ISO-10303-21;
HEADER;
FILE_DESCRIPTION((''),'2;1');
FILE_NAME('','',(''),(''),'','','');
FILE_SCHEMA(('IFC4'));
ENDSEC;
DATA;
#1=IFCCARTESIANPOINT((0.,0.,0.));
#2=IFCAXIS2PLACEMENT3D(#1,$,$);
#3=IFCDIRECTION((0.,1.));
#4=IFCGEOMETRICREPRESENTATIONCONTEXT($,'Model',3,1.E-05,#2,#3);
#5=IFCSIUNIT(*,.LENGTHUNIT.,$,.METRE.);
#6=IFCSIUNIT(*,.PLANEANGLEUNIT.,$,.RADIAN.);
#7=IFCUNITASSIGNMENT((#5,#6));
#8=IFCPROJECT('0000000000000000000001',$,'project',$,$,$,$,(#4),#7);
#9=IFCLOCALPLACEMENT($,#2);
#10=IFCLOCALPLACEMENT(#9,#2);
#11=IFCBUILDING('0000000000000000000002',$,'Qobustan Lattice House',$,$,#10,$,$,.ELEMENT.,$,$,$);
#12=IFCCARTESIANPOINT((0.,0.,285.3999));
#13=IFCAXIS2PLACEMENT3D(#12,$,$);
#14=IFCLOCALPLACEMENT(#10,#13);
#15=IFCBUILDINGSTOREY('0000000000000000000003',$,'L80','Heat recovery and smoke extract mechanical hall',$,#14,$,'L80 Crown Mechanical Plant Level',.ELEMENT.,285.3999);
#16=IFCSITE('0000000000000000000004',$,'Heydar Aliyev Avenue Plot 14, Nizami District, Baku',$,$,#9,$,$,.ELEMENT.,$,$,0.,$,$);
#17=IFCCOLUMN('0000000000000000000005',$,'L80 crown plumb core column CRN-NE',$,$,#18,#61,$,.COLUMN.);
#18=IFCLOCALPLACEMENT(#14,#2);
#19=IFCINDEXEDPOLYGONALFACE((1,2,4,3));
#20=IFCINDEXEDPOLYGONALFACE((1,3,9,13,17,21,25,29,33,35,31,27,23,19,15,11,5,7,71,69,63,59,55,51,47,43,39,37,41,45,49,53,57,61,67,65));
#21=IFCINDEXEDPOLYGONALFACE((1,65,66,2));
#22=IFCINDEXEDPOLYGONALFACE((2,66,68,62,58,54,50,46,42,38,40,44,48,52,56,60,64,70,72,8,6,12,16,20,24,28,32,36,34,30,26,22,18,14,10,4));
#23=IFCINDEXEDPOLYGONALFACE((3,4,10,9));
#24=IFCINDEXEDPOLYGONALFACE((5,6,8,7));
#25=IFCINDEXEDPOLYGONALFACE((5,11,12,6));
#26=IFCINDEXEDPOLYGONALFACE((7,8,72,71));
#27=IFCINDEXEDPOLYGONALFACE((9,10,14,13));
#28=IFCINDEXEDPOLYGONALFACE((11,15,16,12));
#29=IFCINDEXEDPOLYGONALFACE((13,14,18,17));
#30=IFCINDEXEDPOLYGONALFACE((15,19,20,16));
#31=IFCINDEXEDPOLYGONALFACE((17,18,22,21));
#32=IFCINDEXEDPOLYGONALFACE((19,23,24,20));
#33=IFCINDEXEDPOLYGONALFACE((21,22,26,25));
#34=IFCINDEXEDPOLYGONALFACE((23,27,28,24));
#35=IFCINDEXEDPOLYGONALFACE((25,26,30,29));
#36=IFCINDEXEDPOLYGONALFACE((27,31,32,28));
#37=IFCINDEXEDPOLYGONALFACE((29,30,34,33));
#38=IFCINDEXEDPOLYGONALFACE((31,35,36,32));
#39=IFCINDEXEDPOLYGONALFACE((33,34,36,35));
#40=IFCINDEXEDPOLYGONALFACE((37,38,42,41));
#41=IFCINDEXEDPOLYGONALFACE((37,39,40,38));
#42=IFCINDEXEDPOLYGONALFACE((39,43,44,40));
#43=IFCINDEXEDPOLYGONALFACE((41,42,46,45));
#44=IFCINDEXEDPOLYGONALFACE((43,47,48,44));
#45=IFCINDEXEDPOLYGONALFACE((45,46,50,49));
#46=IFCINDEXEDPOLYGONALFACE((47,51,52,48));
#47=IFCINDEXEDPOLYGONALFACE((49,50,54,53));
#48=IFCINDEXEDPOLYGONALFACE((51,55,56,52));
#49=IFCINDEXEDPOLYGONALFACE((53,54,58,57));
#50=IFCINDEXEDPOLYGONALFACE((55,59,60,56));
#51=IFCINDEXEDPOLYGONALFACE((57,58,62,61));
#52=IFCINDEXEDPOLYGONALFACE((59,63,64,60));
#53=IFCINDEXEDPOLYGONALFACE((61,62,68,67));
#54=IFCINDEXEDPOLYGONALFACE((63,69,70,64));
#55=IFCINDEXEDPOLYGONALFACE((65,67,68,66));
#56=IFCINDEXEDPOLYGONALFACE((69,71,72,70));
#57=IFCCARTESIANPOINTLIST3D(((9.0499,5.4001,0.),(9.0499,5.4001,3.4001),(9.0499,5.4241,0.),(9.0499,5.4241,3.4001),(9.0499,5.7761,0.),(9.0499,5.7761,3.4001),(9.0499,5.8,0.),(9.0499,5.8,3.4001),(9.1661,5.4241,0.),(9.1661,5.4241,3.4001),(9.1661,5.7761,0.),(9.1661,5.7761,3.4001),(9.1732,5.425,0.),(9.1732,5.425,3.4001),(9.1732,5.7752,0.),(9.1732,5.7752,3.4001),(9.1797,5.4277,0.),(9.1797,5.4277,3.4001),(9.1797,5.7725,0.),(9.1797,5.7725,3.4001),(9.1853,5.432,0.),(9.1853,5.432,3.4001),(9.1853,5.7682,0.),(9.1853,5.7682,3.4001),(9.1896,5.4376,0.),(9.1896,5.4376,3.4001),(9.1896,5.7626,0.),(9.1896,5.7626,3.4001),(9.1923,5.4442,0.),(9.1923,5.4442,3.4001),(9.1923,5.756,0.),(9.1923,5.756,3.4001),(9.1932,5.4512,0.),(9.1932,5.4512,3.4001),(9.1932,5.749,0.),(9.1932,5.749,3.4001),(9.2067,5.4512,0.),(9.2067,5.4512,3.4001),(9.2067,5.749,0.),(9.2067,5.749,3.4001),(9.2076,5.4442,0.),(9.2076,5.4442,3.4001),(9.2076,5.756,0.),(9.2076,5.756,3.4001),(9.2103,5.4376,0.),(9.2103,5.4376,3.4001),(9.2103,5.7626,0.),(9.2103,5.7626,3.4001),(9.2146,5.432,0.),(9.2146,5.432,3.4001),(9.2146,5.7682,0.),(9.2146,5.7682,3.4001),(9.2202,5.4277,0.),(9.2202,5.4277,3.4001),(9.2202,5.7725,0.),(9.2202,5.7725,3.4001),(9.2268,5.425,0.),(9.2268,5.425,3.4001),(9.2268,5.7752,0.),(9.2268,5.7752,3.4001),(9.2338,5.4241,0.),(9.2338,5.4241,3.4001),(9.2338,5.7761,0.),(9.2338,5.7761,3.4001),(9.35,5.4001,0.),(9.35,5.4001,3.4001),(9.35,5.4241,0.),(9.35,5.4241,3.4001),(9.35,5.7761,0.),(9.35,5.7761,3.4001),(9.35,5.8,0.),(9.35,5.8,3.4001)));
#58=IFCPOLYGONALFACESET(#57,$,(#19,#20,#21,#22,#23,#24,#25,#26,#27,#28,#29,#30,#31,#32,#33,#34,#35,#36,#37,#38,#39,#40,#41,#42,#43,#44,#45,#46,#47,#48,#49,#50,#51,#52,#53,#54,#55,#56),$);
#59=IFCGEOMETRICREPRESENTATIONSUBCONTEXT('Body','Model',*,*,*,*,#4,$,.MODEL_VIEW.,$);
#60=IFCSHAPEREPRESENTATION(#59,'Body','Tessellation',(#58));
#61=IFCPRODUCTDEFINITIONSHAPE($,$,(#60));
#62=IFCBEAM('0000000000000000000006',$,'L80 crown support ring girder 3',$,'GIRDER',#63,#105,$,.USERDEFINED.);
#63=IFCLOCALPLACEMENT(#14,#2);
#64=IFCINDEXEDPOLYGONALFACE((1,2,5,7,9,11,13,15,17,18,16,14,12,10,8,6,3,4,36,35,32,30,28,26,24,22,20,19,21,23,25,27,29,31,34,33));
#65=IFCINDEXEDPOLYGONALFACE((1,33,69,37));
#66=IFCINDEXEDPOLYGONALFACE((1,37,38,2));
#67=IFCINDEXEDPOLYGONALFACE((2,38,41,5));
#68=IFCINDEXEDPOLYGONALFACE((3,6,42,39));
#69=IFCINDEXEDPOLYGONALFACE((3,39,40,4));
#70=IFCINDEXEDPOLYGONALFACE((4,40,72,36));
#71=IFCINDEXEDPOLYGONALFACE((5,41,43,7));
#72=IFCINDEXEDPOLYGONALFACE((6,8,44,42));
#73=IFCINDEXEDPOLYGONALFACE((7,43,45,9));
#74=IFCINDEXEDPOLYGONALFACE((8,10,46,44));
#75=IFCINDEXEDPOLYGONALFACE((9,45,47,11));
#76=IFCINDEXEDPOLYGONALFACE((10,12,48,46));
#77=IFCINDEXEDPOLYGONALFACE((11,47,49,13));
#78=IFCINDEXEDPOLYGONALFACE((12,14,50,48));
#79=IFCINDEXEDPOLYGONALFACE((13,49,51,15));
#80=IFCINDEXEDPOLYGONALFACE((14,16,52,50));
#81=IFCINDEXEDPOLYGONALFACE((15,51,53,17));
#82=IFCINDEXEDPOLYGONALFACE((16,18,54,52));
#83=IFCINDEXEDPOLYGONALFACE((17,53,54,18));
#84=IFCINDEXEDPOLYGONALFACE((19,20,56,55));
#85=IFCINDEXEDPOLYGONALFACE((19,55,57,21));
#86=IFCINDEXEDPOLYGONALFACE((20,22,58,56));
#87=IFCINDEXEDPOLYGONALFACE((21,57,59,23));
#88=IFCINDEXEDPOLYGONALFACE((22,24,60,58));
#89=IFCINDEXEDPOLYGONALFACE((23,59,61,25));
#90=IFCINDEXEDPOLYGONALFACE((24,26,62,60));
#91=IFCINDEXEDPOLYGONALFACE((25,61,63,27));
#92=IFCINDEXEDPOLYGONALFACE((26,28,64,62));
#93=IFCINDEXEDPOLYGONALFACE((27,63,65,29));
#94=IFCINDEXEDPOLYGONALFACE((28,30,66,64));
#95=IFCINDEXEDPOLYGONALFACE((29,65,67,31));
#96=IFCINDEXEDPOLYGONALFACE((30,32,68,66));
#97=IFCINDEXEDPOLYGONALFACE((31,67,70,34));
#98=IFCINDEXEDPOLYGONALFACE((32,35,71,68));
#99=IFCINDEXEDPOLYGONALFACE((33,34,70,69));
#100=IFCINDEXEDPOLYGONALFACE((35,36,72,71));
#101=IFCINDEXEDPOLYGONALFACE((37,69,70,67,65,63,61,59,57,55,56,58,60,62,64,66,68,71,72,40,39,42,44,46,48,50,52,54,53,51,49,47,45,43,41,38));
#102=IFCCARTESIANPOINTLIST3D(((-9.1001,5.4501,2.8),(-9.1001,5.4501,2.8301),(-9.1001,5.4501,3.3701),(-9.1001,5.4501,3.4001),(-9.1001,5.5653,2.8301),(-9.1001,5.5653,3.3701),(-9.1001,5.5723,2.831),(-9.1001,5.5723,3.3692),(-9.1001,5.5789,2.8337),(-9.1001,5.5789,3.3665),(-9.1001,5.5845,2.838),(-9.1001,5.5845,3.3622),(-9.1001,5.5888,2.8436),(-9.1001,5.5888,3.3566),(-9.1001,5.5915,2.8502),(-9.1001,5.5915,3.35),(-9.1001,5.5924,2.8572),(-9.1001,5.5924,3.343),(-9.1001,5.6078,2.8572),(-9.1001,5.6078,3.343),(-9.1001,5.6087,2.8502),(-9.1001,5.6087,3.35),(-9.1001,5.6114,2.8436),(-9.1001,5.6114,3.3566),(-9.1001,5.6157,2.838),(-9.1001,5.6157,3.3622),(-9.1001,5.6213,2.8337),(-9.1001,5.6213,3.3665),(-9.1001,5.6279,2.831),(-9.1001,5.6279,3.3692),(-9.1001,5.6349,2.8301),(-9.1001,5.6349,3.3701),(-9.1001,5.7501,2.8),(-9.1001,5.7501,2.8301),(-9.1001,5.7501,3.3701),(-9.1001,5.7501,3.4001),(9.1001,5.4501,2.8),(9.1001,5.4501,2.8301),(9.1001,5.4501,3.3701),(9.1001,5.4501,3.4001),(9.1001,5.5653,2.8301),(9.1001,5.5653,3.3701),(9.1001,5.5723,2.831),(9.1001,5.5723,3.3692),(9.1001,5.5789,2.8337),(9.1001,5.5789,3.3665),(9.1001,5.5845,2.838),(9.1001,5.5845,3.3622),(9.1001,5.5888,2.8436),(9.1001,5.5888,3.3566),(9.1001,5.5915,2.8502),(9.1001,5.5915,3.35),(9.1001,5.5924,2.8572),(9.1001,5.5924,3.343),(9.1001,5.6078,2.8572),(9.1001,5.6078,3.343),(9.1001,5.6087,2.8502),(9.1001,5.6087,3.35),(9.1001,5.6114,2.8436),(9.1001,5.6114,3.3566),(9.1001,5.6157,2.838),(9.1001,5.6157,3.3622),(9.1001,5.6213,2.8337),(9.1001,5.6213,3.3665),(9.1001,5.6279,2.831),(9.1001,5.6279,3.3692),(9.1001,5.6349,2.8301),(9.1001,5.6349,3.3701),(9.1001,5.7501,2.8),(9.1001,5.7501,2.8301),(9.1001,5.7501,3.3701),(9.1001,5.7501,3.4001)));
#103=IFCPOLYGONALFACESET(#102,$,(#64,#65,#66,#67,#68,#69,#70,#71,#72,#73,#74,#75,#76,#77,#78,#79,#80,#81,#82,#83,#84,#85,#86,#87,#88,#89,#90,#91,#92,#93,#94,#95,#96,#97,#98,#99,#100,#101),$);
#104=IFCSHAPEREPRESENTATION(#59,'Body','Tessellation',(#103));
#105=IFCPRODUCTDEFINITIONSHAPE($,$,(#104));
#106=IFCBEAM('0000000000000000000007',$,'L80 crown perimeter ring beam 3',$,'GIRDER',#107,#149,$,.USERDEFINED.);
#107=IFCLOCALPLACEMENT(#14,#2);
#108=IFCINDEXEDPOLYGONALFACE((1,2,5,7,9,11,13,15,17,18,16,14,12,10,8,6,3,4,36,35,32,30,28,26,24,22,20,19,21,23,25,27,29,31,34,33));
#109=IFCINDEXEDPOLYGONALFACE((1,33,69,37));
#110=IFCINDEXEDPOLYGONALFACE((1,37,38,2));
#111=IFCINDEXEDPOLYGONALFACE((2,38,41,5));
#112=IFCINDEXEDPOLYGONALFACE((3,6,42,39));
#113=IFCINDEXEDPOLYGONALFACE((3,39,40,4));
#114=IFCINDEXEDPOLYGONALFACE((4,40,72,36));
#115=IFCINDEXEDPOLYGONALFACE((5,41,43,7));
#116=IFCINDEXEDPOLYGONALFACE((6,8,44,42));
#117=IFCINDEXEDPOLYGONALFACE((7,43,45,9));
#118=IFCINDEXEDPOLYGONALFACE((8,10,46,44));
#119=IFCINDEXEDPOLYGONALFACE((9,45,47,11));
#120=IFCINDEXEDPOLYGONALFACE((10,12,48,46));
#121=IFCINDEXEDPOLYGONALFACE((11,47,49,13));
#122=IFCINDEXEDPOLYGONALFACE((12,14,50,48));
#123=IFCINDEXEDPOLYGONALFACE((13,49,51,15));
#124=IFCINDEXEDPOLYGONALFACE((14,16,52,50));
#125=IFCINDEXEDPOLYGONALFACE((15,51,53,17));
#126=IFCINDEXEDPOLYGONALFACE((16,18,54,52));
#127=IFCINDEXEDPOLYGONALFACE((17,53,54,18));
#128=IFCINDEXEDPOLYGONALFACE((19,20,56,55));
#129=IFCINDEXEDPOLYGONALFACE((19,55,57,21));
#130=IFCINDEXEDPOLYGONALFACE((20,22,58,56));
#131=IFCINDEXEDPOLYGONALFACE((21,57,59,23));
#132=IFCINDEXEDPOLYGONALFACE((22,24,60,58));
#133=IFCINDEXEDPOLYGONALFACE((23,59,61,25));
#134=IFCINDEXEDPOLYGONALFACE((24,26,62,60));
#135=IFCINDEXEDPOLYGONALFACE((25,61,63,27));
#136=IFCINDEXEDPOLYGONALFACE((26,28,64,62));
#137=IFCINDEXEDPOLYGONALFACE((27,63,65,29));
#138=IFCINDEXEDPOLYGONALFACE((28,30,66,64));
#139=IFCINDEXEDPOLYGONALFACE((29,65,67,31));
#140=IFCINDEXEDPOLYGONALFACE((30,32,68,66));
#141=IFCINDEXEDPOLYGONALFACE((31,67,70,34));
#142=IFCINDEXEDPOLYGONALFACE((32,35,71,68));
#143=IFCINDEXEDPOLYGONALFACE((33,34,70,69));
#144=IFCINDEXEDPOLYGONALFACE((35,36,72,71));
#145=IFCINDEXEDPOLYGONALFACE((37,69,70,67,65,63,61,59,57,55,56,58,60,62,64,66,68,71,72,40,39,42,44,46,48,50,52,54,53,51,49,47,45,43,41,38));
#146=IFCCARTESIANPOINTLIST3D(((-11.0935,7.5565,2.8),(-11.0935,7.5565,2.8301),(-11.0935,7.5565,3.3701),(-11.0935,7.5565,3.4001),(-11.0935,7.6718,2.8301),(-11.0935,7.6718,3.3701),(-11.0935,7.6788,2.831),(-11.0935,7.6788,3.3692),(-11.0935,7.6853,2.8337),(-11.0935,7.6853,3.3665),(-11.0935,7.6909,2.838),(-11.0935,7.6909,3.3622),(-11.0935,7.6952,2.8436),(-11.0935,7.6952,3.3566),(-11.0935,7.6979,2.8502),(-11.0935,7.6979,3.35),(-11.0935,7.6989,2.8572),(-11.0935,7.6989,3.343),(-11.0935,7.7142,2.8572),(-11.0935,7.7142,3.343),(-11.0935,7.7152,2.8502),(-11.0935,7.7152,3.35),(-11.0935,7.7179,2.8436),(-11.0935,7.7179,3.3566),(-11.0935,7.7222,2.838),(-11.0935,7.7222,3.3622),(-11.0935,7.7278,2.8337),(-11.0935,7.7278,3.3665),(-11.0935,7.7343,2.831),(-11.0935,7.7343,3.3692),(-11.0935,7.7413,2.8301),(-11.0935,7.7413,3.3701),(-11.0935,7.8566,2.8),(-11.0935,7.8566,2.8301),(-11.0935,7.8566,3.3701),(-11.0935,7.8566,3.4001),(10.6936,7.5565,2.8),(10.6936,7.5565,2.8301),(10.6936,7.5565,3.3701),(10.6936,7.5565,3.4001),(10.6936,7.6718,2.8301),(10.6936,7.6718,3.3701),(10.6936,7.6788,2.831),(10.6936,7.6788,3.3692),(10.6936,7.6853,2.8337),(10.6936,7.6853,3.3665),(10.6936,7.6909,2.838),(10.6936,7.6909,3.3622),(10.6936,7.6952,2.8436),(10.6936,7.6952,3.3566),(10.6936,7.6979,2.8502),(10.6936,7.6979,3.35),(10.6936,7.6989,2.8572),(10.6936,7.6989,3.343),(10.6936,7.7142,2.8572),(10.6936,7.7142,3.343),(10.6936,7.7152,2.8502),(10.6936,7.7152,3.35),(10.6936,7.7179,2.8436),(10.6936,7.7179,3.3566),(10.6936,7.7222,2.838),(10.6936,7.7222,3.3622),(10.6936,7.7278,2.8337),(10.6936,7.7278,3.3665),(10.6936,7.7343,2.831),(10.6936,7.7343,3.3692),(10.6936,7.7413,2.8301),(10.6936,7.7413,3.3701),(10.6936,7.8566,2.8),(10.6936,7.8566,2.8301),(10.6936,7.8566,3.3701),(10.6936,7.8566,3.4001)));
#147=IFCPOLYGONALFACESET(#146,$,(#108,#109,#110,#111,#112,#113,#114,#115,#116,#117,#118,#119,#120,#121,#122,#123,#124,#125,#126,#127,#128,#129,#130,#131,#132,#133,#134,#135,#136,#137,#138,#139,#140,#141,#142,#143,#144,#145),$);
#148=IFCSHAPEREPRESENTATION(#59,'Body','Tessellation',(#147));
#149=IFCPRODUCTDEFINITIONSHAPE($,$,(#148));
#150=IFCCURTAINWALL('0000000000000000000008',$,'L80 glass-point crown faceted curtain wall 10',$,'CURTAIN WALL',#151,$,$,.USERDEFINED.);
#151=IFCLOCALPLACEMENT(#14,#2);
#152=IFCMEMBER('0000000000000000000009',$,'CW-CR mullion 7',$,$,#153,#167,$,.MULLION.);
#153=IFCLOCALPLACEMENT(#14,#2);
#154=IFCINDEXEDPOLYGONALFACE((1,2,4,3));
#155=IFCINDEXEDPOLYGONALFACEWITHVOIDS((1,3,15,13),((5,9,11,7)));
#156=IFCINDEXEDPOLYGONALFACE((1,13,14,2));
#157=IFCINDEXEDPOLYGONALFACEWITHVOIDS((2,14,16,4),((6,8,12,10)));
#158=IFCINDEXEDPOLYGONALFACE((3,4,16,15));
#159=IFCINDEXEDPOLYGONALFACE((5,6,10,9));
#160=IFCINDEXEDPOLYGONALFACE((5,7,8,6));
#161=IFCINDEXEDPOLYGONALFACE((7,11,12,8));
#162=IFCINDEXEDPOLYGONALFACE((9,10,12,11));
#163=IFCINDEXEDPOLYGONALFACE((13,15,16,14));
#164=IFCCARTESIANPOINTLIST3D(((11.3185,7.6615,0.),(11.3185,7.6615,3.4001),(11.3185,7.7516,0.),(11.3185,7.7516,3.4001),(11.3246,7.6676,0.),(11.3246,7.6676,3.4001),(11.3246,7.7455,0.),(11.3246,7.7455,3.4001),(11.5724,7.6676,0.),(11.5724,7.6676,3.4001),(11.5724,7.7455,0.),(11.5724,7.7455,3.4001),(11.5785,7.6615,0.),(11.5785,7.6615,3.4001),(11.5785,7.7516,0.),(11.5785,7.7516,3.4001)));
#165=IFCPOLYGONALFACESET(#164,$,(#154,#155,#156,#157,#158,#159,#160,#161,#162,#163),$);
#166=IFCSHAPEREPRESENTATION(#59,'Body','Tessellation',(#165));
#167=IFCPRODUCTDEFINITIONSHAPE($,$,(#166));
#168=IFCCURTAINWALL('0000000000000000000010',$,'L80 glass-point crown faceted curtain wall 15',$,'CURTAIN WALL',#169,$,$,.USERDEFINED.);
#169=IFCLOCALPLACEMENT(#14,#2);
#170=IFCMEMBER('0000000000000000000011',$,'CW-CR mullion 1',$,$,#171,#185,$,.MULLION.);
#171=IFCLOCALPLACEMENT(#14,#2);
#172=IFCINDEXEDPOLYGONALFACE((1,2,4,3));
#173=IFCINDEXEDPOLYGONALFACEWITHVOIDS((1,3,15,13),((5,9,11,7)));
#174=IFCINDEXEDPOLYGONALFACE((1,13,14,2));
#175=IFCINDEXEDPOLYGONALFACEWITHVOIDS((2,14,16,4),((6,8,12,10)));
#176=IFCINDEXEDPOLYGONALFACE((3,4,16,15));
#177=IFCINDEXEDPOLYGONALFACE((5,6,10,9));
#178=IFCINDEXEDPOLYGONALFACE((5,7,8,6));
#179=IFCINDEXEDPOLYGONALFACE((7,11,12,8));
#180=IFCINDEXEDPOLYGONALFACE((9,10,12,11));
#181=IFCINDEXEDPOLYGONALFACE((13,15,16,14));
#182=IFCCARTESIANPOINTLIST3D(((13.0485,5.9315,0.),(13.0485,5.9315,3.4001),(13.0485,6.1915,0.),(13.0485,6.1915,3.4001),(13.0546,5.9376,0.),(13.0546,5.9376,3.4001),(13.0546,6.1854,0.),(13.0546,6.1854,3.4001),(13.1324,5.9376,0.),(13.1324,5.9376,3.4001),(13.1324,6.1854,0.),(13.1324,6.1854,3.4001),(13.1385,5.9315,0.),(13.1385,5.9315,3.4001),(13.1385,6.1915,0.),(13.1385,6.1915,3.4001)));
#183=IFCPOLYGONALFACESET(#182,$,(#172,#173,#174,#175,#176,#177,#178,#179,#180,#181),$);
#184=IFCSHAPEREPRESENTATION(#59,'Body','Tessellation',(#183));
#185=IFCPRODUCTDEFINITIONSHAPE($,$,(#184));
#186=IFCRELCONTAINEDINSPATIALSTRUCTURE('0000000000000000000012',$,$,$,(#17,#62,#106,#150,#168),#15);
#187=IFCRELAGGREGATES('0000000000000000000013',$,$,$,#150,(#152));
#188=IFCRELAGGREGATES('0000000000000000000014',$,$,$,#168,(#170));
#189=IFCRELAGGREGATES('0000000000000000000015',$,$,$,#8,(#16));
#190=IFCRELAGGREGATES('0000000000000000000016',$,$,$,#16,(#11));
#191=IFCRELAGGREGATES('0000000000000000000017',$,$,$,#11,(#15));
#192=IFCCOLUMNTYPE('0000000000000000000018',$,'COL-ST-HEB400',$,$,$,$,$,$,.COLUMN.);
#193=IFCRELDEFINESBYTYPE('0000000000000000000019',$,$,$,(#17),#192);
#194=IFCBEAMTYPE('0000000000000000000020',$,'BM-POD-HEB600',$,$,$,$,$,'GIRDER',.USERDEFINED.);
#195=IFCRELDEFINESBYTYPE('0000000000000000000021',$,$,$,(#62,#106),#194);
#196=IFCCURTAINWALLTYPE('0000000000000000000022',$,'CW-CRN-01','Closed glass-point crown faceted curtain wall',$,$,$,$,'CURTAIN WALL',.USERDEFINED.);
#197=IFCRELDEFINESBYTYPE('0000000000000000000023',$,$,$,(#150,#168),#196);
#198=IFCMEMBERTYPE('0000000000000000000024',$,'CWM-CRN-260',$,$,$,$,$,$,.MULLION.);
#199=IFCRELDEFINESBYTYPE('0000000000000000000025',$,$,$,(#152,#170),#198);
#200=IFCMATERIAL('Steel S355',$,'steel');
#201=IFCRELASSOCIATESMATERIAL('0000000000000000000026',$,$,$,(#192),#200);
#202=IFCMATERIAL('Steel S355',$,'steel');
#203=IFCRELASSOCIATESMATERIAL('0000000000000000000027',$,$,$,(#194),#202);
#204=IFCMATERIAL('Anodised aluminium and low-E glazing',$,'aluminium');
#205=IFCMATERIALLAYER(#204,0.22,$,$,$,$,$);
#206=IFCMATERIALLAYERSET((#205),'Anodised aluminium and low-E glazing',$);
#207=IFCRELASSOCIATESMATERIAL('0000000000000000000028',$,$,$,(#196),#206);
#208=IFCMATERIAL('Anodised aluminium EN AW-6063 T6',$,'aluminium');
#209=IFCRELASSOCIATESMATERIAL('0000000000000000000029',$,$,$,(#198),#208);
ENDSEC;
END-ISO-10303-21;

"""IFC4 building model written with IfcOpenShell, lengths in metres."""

from ifc_helpers import new_model, si_unit, direction, frame, origin, origin_2d, place, context, subcontext, project, spatial, hollow_rectangle, i_section, extrude, material, layer, layer_set, material_profile, profile_set, type_object, element, aggregate, save


model = new_model("IFC4")

# Units and contexts
model_context = context("Model", 3, precision=1e-05, world=origin(), true_north=direction((0.0, 1.0)))
body_context = subcontext(model_context, "Body", "Model", "MODEL_VIEW")
ifc_project = project(units=[si_unit("LENGTHUNIT", "METRE"), si_unit("PLANEANGLEUNIT", "RADIAN")], contexts=[model_context])

# Site, building, storey
site_placement = place(None, origin())
site = spatial("IfcSite", under=ifc_project, at=site_placement, Name="Heydar Aliyev Avenue Plot 14, Nizami District, Baku", CompositionType="ELEMENT", RefElevation=0.0)
building_placement = place(site_placement, origin())
building = spatial("IfcBuilding", under=site, at=building_placement, Name="Qobustan Lattice House", CompositionType="ELEMENT")
storey_placement = place(building_placement, frame((0.0, 0.0, 285.3999)))
storey = spatial("IfcBuildingStorey", under=building, at=storey_placement, Name="L80", Description="Heat recovery and smoke extract mechanical hall", LongName="L80 Crown Mechanical Plant Level", CompositionType="ELEMENT", Elevation=285.3999)

# Column
ifc_material_1 = material(Name="Steel S355", Category="steel")
ifc_material_profile_1 = material_profile(ifc_material_1, i_section(OverallWidth=0.3, OverallDepth=0.3999, WebThickness=0.0134, FlangeThickness=0.0239, FilletRadius=0.0271, at=origin_2d()), Name="HEB400")
ifc_profile_set_1 = profile_set([ifc_material_profile_1], Name="Steel S355")
column_type = type_object("IfcColumnType", Name="COL-ST-HEB400", PredefinedType="COLUMN", material=ifc_profile_set_1)
column_placement = place(storey_placement, frame((9.2, 5.6001, 0.0), z_axis=(0.0, 0.0, 1.0), x_axis=(1.0, 0.0, 0.0)))
element("IfcColumn", 1, at=column_placement, inside=storey, type_object=column_type, Name="L80 crown plumb core column CRN-NE", PredefinedType="COLUMN", context=body_context, shape_type="SweptSolid", body=[
    extrude(i_section(OverallWidth=0.3, OverallDepth=0.3999, WebThickness=0.0134, FlangeThickness=0.0239, FilletRadius=0.0271, at=origin_2d()), origin(), (0.0, 0.0, 1.0), 3.4001),
])

# Beams
ifc_material_2 = material(Name="Steel S355", Category="steel")
ifc_material_profile_2 = material_profile(ifc_material_2, i_section(OverallWidth=0.3, OverallDepth=0.6001, WebThickness=0.0154, FlangeThickness=0.03, FilletRadius=0.0271, at=origin_2d()), Name="HEB600")
ifc_profile_set_2 = profile_set([ifc_material_profile_2], Name="Steel S355")
beam_type = type_object("IfcBeamType", Name="BM-POD-HEB600", ElementType="GIRDER", PredefinedType="USERDEFINED", material=ifc_profile_set_2)
beam_1_placement = place(storey_placement, frame((9.1001, 5.6001, 3.1001), z_axis=(-1.0, 0.0, 0.0), x_axis=(0.0, -1.0, 0.0)))
element("IfcBeam", 2, at=beam_1_placement, inside=storey, type_object=beam_type, Name="L80 crown support ring girder 3", ObjectType="GIRDER", PredefinedType="USERDEFINED", context=body_context, shape_type="SweptSolid", body=[
    extrude(i_section(OverallWidth=0.3, OverallDepth=0.6001, WebThickness=0.0154, FlangeThickness=0.03, FilletRadius=0.0271, at=origin_2d()), origin(), (0.0, 0.0, 1.0), 18.2002),
])
beam_2_placement = place(storey_placement, frame((10.6936, 7.7065, 3.1001), z_axis=(-1.0, 0.0, 0.0), x_axis=(0.0, -1.0, 0.0)))
element("IfcBeam", 3, at=beam_2_placement, inside=storey, type_object=beam_type, Name="L80 crown perimeter ring beam 3", ObjectType="GIRDER", PredefinedType="USERDEFINED", context=body_context, shape_type="SweptSolid", body=[
    extrude(i_section(OverallWidth=0.3, OverallDepth=0.6001, WebThickness=0.0154, FlangeThickness=0.03, FilletRadius=0.0271, at=origin_2d()), origin(), (0.0, 0.0, 1.0), 21.7871),
])

# Curtain wall, member
ifc_material_3 = material(Name="Anodised aluminium and low-E glazing", Category="aluminium")
ifc_layer_1 = layer(ifc_material_3, 0.22)
ifc_layer_set_1 = layer_set([ifc_layer_1], Name="Anodised aluminium and low-E glazing")
curtain_wall_type = type_object("IfcCurtainWallType", Name="CW-CRN-01", Description="Closed glass-point crown faceted curtain wall", ElementType="CURTAIN WALL", PredefinedType="USERDEFINED", material=ifc_layer_set_1)
curtain_wall_1_placement = place(storey_placement, origin())
curtain_wall_1 = element("IfcCurtainWall", 4, at=curtain_wall_1_placement, inside=storey, type_object=curtain_wall_type, Name="L80 glass-point crown faceted curtain wall 10", ObjectType="CURTAIN WALL", PredefinedType="USERDEFINED")
ifc_material_4 = material(Name="Anodised aluminium EN AW-6063 T6", Category="aluminium")
ifc_material_profile_3 = material_profile(ifc_material_4, hollow_rectangle(XDim=0.0901, YDim=0.26, WallThickness=0.0061, at=origin_2d()), Name="CWM-CROWN-260x90")
ifc_profile_set_3 = profile_set([ifc_material_profile_3], Name="Anodised aluminium EN AW-6063 T6")
member_type_1 = type_object("IfcMemberType", Name="CWM-CRN-260", PredefinedType="MULLION", material=ifc_profile_set_3)
member_1_placement = place(storey_placement, frame((11.4485, 7.7065, 0.0), z_axis=(0.0, 0.0, 1.0), x_axis=(0.0, 1.0, 0.0)))
member_1 = element("IfcMember", 5, at=member_1_placement, type_object=member_type_1, Name="CW-CR mullion 7", PredefinedType="MULLION", context=body_context, shape_type="SweptSolid", body=[
    extrude(hollow_rectangle(XDim=0.0901, YDim=0.26, WallThickness=0.0061, at=origin_2d()), origin(), (0.0, 0.0, 1.0), 3.4001),
])

# Curtain wall, member
curtain_wall_2_placement = place(storey_placement, origin())
curtain_wall_2 = element("IfcCurtainWall", 6, at=curtain_wall_2_placement, inside=storey, type_object=curtain_wall_type, Name="L80 glass-point crown faceted curtain wall 15", ObjectType="CURTAIN WALL", PredefinedType="USERDEFINED")
member_2_placement = place(storey_placement, frame((13.0935, 6.0615, 0.0), z_axis=(0.0, 0.0, 1.0), x_axis=(1.0, 0.0, 0.0)))
member_2 = element("IfcMember", 7, at=member_2_placement, type_object=member_type_1, Name="CW-CR mullion 1", PredefinedType="MULLION", context=body_context, shape_type="SweptSolid", body=[
    extrude(hollow_rectangle(XDim=0.0901, YDim=0.26, WallThickness=0.0061, at=origin_2d()), origin(), (0.0, 0.0, 1.0), 3.4001),
])

aggregate(curtain_wall_1, [member_1])
aggregate(curtain_wall_2, [member_2])

save(model, "model.ifc")
